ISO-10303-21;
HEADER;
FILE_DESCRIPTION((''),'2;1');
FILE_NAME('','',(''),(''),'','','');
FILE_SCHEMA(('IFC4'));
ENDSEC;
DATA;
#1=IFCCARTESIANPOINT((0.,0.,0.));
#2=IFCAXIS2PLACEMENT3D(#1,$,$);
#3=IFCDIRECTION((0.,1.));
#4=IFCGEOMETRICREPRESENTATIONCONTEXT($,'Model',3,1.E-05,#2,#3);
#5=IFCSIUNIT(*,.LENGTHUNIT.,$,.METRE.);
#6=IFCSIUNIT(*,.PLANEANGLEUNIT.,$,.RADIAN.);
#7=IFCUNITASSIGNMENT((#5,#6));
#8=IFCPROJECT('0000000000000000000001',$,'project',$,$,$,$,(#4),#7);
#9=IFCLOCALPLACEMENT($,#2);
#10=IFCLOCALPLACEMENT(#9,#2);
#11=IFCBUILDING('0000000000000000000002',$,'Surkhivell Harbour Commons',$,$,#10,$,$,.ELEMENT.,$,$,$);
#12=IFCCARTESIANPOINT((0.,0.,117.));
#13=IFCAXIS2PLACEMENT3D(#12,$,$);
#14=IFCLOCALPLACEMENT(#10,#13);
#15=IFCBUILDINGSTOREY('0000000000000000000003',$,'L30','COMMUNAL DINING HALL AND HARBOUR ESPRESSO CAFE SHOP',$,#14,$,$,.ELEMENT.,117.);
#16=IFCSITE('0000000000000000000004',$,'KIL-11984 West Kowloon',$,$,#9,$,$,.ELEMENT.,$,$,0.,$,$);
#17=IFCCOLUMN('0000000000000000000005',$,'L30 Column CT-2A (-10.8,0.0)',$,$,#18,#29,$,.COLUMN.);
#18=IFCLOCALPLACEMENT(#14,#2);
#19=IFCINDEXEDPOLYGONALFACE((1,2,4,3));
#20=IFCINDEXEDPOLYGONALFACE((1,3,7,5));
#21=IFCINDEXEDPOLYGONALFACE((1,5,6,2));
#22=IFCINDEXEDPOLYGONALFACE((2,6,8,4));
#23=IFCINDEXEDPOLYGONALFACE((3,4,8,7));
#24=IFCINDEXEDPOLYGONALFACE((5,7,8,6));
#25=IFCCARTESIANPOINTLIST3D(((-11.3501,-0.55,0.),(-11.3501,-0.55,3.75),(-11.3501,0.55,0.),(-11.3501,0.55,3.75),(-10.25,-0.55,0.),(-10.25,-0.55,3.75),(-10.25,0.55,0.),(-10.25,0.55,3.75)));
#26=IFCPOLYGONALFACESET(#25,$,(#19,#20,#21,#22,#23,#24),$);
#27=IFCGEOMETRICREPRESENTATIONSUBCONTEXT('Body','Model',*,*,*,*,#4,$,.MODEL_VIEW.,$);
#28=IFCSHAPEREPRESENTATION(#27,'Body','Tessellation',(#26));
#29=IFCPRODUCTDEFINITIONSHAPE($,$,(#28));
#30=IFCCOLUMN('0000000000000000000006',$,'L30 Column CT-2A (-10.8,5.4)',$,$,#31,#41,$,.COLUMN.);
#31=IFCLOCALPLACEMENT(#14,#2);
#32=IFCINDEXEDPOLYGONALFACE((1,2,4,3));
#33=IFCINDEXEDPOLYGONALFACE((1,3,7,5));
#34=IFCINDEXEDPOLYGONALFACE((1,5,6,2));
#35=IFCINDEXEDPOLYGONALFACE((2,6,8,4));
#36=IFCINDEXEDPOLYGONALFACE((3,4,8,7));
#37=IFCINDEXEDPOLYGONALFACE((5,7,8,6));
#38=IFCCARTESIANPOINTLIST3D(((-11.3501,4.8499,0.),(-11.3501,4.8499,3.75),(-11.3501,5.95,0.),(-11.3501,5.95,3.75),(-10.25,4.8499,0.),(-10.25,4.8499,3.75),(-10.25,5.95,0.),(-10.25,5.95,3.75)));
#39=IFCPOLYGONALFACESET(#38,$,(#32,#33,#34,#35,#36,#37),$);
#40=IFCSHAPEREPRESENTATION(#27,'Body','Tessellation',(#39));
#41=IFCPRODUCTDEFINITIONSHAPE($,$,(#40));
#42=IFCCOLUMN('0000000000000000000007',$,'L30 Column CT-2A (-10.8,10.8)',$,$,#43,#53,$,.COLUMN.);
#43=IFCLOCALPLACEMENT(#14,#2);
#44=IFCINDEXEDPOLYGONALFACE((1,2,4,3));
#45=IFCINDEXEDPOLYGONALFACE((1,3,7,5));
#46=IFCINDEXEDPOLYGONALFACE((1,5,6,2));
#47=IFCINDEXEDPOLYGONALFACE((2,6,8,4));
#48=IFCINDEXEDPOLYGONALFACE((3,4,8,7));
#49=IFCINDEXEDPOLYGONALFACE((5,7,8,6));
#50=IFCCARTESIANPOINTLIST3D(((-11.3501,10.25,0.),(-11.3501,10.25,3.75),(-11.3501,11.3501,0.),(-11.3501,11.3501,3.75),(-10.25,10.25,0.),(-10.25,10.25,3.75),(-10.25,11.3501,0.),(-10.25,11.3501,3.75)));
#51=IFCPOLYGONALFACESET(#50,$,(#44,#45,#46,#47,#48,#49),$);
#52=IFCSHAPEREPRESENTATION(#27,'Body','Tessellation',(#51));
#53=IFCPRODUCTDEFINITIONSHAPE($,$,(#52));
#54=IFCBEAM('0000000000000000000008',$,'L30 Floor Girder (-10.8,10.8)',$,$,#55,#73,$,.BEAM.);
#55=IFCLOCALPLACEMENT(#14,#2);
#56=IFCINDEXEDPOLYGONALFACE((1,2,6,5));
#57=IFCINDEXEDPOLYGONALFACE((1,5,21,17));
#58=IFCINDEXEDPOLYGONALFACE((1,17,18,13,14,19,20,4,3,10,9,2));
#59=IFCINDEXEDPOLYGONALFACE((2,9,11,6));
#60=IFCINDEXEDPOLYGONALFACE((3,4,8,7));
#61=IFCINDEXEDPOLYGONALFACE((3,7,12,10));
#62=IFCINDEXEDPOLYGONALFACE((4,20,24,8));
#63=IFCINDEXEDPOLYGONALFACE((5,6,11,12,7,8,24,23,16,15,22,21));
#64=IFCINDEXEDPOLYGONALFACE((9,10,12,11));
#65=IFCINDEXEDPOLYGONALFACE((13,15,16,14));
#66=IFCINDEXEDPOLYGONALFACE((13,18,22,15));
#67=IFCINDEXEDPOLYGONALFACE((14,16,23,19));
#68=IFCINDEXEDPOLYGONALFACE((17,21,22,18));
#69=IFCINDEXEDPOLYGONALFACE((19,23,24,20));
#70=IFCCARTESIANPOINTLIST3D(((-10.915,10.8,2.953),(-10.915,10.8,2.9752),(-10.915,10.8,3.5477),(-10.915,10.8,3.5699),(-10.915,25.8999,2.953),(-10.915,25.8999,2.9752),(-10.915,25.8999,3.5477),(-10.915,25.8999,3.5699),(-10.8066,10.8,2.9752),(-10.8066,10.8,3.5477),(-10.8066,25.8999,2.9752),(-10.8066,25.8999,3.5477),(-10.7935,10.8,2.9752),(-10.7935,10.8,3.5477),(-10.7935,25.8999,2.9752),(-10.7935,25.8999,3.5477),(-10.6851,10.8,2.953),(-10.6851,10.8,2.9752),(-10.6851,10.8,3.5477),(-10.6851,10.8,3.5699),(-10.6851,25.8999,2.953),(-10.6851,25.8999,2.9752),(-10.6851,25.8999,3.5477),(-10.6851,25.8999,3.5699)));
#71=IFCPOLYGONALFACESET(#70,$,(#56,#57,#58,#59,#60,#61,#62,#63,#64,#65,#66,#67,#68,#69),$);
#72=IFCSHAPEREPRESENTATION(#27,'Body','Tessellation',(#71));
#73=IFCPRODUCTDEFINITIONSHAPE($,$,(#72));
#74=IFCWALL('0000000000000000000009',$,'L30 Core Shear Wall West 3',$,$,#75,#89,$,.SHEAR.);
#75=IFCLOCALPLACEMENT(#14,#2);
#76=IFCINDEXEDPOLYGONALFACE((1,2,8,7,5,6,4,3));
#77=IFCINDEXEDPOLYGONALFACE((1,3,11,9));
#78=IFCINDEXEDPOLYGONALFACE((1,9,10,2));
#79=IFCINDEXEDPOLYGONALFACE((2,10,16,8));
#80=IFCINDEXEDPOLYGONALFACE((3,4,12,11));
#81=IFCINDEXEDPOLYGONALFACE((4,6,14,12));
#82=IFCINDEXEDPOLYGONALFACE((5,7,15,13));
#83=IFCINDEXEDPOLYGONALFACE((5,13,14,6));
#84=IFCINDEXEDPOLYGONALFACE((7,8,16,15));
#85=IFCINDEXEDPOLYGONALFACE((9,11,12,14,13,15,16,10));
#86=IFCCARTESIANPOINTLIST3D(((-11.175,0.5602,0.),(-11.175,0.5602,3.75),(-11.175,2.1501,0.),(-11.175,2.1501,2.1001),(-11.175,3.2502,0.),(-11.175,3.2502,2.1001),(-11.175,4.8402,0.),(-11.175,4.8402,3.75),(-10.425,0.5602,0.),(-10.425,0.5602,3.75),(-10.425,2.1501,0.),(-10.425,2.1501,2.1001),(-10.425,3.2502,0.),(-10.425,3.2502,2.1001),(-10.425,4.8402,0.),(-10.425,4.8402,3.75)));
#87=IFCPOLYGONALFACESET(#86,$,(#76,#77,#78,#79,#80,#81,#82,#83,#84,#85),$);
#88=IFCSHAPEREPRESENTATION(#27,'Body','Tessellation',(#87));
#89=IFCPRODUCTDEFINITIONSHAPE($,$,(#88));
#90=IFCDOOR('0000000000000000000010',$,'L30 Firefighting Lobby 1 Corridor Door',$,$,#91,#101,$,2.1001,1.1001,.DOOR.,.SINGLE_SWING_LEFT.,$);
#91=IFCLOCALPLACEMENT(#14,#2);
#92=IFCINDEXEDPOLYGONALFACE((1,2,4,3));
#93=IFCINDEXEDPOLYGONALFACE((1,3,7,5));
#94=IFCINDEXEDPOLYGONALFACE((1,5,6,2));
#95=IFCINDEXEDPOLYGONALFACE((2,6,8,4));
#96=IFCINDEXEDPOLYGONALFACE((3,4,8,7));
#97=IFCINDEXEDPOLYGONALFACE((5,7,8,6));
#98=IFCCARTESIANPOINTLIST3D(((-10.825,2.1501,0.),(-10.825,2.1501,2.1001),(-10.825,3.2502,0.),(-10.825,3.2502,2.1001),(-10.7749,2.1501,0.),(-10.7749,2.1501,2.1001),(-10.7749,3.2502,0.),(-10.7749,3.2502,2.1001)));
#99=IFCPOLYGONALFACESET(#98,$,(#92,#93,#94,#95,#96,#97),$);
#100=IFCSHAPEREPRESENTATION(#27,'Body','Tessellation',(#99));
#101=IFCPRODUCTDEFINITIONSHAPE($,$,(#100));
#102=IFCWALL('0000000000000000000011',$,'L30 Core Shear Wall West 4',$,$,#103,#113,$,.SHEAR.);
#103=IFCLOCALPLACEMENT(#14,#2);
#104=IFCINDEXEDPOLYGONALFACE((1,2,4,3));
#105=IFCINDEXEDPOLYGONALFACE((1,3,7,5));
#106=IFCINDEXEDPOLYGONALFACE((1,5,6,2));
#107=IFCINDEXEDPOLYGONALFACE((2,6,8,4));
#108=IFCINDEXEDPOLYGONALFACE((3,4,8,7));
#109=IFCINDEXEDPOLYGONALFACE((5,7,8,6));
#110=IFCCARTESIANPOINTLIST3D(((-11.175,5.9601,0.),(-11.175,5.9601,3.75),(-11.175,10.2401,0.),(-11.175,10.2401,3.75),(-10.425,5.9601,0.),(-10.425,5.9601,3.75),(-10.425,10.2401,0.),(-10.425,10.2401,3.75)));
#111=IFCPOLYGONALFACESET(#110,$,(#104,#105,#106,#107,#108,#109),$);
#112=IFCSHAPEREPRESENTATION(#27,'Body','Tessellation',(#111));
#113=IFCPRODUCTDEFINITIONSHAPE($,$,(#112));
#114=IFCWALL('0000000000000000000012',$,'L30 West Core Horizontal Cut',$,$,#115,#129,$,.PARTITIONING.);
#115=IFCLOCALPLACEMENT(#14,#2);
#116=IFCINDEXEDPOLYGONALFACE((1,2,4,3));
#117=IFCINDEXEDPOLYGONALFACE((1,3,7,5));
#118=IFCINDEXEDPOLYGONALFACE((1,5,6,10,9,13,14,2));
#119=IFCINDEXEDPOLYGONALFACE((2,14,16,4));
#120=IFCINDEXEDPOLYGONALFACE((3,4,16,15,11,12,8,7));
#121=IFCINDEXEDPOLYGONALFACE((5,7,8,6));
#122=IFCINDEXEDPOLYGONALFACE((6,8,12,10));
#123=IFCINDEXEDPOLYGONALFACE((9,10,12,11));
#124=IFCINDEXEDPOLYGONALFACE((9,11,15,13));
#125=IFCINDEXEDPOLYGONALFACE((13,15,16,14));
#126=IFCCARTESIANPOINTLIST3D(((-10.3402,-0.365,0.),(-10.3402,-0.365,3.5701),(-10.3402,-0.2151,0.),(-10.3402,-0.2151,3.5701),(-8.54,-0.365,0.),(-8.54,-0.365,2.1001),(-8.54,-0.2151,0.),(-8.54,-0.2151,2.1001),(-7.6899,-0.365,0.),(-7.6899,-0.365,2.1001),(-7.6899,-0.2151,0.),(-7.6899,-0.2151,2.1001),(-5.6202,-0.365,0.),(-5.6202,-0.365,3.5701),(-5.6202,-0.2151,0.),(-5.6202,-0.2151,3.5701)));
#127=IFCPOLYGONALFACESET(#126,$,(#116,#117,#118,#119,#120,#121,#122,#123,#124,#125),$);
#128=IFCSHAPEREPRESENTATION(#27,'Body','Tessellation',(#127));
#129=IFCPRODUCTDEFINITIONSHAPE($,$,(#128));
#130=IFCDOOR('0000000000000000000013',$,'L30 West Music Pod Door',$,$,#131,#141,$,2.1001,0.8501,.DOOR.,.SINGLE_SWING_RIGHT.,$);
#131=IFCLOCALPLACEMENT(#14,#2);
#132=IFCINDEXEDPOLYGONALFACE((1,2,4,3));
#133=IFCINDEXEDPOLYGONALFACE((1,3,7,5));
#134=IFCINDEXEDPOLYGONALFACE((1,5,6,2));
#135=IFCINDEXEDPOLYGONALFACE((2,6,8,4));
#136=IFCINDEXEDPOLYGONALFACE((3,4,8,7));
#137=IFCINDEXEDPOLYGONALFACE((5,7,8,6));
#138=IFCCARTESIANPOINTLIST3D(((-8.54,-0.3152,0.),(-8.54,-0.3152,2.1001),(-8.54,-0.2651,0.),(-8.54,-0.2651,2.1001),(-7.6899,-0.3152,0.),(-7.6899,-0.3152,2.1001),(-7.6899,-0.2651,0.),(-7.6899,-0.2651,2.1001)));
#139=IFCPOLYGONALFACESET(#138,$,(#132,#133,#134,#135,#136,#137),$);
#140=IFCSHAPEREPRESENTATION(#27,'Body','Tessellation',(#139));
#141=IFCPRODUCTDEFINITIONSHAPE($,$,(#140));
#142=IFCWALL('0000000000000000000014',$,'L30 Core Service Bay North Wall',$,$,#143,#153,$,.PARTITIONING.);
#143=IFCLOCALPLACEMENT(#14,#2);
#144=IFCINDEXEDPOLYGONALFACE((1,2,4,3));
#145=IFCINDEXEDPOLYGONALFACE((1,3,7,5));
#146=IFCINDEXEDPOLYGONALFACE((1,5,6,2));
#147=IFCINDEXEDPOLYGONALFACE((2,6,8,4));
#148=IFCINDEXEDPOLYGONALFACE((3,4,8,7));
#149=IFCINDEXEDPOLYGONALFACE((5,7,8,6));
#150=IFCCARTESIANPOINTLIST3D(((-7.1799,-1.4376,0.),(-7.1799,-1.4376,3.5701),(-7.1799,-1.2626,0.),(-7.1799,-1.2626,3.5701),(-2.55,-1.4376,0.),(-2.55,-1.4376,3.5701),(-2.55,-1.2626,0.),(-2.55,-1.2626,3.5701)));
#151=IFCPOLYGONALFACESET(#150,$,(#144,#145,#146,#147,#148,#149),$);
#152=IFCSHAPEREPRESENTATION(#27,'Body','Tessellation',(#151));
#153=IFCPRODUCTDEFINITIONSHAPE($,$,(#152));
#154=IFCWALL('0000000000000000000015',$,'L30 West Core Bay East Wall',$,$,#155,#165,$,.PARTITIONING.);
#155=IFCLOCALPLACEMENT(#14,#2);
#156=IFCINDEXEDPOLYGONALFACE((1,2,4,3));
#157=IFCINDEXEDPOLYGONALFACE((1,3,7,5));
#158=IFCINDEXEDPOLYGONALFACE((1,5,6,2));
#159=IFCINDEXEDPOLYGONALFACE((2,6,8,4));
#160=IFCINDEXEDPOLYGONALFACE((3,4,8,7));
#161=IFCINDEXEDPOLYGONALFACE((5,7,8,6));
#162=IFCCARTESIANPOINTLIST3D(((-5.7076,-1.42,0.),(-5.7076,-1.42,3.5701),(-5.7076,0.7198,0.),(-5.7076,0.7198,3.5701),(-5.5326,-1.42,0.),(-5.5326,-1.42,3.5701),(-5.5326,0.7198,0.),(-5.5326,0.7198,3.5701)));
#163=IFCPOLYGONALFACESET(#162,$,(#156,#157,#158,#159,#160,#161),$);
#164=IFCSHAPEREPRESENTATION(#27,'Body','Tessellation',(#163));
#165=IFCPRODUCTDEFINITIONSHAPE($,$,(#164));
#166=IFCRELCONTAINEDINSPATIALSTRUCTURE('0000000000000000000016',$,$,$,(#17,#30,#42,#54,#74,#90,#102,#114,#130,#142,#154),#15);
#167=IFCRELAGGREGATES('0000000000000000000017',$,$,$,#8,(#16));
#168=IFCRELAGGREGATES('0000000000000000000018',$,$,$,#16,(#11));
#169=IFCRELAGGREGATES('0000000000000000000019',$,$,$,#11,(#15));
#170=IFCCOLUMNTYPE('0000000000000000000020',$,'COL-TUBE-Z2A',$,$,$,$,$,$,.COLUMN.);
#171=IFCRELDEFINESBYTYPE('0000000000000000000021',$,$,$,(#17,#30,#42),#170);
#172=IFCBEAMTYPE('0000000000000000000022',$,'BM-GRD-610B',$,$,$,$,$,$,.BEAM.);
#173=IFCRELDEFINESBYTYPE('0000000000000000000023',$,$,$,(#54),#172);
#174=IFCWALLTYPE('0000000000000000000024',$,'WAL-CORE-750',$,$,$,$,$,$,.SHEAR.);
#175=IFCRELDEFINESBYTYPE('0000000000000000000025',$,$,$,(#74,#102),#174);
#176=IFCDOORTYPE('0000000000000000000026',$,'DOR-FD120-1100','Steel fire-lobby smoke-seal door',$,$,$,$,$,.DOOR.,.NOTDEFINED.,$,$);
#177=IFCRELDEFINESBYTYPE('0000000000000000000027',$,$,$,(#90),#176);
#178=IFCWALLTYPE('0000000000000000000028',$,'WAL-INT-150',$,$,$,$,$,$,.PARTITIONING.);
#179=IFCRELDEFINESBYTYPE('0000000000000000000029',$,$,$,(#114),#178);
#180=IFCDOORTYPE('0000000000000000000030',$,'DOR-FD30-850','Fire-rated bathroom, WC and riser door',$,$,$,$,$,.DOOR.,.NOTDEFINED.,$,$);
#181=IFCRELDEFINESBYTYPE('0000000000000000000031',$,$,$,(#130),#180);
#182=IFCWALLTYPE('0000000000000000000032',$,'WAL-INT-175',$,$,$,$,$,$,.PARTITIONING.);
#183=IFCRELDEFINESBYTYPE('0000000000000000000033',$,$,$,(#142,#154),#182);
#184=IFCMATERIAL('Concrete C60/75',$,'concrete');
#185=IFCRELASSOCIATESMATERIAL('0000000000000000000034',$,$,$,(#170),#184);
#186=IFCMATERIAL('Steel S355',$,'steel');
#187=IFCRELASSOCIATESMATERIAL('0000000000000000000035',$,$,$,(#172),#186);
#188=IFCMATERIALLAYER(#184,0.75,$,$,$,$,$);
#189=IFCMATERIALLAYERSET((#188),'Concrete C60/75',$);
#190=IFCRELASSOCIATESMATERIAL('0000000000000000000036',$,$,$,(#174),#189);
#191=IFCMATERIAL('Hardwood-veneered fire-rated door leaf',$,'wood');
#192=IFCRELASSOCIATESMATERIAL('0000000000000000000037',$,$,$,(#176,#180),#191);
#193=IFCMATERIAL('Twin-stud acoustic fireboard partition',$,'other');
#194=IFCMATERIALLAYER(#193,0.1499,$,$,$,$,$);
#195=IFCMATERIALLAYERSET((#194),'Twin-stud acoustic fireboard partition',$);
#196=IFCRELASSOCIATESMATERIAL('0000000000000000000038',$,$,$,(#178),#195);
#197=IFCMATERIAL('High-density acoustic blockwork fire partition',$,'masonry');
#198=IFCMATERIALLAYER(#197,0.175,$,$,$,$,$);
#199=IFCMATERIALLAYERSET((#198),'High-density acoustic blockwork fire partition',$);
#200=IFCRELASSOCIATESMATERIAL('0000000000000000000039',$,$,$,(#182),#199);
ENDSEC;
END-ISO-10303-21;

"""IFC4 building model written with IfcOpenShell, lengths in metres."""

from ifc_helpers import new_model, si_unit, direction, frame, frame_2d, origin, origin_2d, place, context, subcontext, project, spatial, rectangle, i_section, extrude, material, layer, layer_set, material_profile, profile_set, type_object, element, fill, save


model = new_model("IFC4")

# Units and contexts
model_context = context("Model", 3, precision=1e-05, world=origin(), true_north=direction((0.0, 1.0)))
body_context = subcontext(model_context, "Body", "Model", "MODEL_VIEW")
ifc_project = project(units=[si_unit("LENGTHUNIT", "METRE"), si_unit("PLANEANGLEUNIT", "RADIAN")], contexts=[model_context])

# Site, building, storey
site_placement = place(None, origin())
site = spatial("IfcSite", under=ifc_project, at=site_placement, Name="KIL-11984 West Kowloon", CompositionType="ELEMENT", RefElevation=0.0)
building_placement = place(site_placement, origin())
building = spatial("IfcBuilding", under=site, at=building_placement, Name="Surkhivell Harbour Commons", CompositionType="ELEMENT")
storey_placement = place(building_placement, frame((0.0, 0.0, 117.0)))
storey = spatial("IfcBuildingStorey", under=building, at=storey_placement, Name="L30", Description="COMMUNAL DINING HALL AND HARBOUR ESPRESSO CAFE SHOP", CompositionType="ELEMENT", Elevation=117.0)

# Columns
ifc_material_1 = material(Name="Concrete C60/75", Category="concrete")
ifc_material_profile_1 = material_profile(ifc_material_1, rectangle(XDim=1.1001, YDim=1.1001, at=origin_2d()), Name="RC-COL-1100x1100")
ifc_profile_set_1 = profile_set([ifc_material_profile_1], Name="Concrete C60/75")
column_type = type_object("IfcColumnType", Name="COL-TUBE-Z2A", PredefinedType="COLUMN", material=ifc_profile_set_1)
for number, where, z_axis, x_axis, name in (
    (1, (-10.8, 0.0, 0.0), (0.0, 0.0, 1.0), (1.0, 0.0, 0.0), "L30 Column CT-2A (-10.8,0.0)"),
    (2, (-10.8, 5.3999, 0.0), (0.0, 0.0, 1.0), (1.0, 0.0, 0.0), "L30 Column CT-2A (-10.8,5.4)"),
    (3, (-10.8, 10.8, 0.0), (0.0, 0.0, 1.0), (1.0, 0.0, 0.0), "L30 Column CT-2A (-10.8,10.8)"),
):
    element("IfcColumn", number, at=place(storey_placement, frame(where, z_axis=z_axis, x_axis=x_axis)), inside=storey, type_object=column_type, Name=name, PredefinedType="COLUMN", context=body_context, shape_type="SweptSolid", body=[
        extrude(rectangle(XDim=1.1001, YDim=1.1001, at=origin_2d()), origin(), (0.0, 0.0, 1.0), 3.75),
    ])

# Beam
ifc_material_2 = material(Name="Steel S355", Category="steel")
ifc_material_profile_2 = material_profile(ifc_material_2, i_section(OverallWidth=0.23, OverallDepth=0.6169, WebThickness=0.0132, FlangeThickness=0.0222, at=origin_2d()), Name="UB610x229x140")
ifc_profile_set_2 = profile_set([ifc_material_profile_2], Name="Steel S355")
beam_type = type_object("IfcBeamType", Name="BM-GRD-610B", PredefinedType="BEAM", material=ifc_profile_set_2)
beam_placement = place(storey_placement, frame((-10.8, 10.8, 3.2615), z_axis=(0.0, 1.0, 0.0), x_axis=(-1.0, 0.0, 0.0)))
element("IfcBeam", 4, at=beam_placement, inside=storey, type_object=beam_type, Name="L30 Floor Girder (-10.8,10.8)", PredefinedType="BEAM", context=body_context, shape_type="SweptSolid", body=[
    extrude(i_section(OverallWidth=0.23, OverallDepth=0.6169, WebThickness=0.0132, FlangeThickness=0.0222, at=origin_2d()), origin(), (0.0, 0.0, 1.0), 15.0999),
])

# Wall, opening, door
ifc_layer_1 = layer(ifc_material_1, 0.75)
ifc_layer_set_1 = layer_set([ifc_layer_1], Name="Concrete C60/75")
wall_type_1 = type_object("IfcWallType", Name="WAL-CORE-750", PredefinedType="SHEAR", material=ifc_layer_set_1)
wall_1_placement = place(storey_placement, frame((-10.8, 0.5601, 0.0), z_axis=(0.0, 0.0, 1.0), x_axis=(0.0, 1.0, 0.0)))
wall_1 = element("IfcWall", 5, at=wall_1_placement, inside=storey, type_object=wall_type_1, Name="L30 Core Shear Wall West 3", PredefinedType="SHEAR", context=body_context, shape_type="SweptSolid", body=[
    extrude(rectangle(XDim=4.28, YDim=0.75, at=frame_2d((2.1401, 0.0))), origin(), (0.0, 0.0, 1.0), 3.75),
])
opening_1_placement = place(wall_1_placement, frame((1.5901, 0.0, 0.0)))
opening_1 = element("IfcOpeningElement", 6, at=opening_1_placement, cuts=wall_1, PredefinedType="OPENING", context=body_context, shape_type="SweptSolid", body=[
    extrude(rectangle(XDim=1.1001, YDim=2.1001, at=frame_2d((0.55, 1.05))), frame((0.0, 0.385, 0.0), z_axis=(0.0, -1.0, 0.0), x_axis=(1.0, 0.0, 0.0)), (0.0, 0.0, 1.0), 0.77),
])
ifc_material_3 = material(Name="Hardwood-veneered fire-rated door leaf", Category="wood")
door_type_1 = type_object("IfcDoorType", Name="DOR-FD120-1100", Description="Steel fire-lobby smoke-seal door", OperationType="NOTDEFINED", PredefinedType="DOOR", material=ifc_material_3)
door_1_placement = place(opening_1_placement, origin())
door_1 = element("IfcDoor", 7, at=door_1_placement, inside=storey, type_object=door_type_1, Name="L30 Firefighting Lobby 1 Corridor Door", OperationType="SINGLE_SWING_LEFT", OverallHeight=2.1001, OverallWidth=1.1001, PredefinedType="DOOR", context=body_context, shape_type="SweptSolid", body=[
    extrude(rectangle(XDim=1.1001, YDim=2.1001, at=frame_2d((0.55, 1.05))), frame((0.0, 0.0249, 0.0), z_axis=(0.0, -1.0, 0.0), x_axis=(1.0, 0.0, 0.0)), (0.0, 0.0, 1.0), 0.05),
])
fill(opening_1, door_1)

# Wall
wall_2_placement = place(storey_placement, frame((-10.8, 5.96, 0.0), z_axis=(0.0, 0.0, 1.0), x_axis=(0.0, 1.0, 0.0)))
element("IfcWall", 8, at=wall_2_placement, inside=storey, type_object=wall_type_1, Name="L30 Core Shear Wall West 4", PredefinedType="SHEAR", context=body_context, shape_type="SweptSolid", body=[
    extrude(rectangle(XDim=4.28, YDim=0.75, at=frame_2d((2.1401, 0.0))), origin(), (0.0, 0.0, 1.0), 3.75),
])

# Wall, opening, door
ifc_material_4 = material(Name="Twin-stud acoustic fireboard partition", Category="other")
ifc_layer_2 = layer(ifc_material_4, 0.1499)
ifc_layer_set_2 = layer_set([ifc_layer_2], Name="Twin-stud acoustic fireboard partition")
wall_type_2 = type_object("IfcWallType", Name="WAL-INT-150", PredefinedType="PARTITIONING", material=ifc_layer_set_2)
wall_3_placement = place(storey_placement, frame((-10.3401, -0.29, 0.0), z_axis=(0.0, 0.0, 1.0), x_axis=(1.0, 0.0, 0.0)))
wall_3 = element("IfcWall", 9, at=wall_3_placement, inside=storey, type_object=wall_type_2, Name="L30 West Core Horizontal Cut", PredefinedType="PARTITIONING", context=body_context, shape_type="SweptSolid", body=[
    extrude(rectangle(XDim=4.72, YDim=0.1499, at=frame_2d((2.3599, 0.0))), origin(), (0.0, 0.0, 1.0), 3.5701),
])
opening_2_placement = place(wall_3_placement, frame((1.8, 0.0, 0.0)))
opening_2 = element("IfcOpeningElement", 10, at=opening_2_placement, cuts=wall_3, PredefinedType="OPENING", context=body_context, shape_type="SweptSolid", body=[
    extrude(rectangle(XDim=0.8501, YDim=2.1001, at=frame_2d((0.425, 1.05))), frame((0.0, 0.085, 0.0), z_axis=(0.0, -1.0, 0.0), x_axis=(1.0, 0.0, 0.0)), (0.0, 0.0, 1.0), 0.1699),
])
door_type_2 = type_object("IfcDoorType", Name="DOR-FD30-850", Description="Fire-rated bathroom, WC and riser door", OperationType="NOTDEFINED", PredefinedType="DOOR", material=ifc_material_3)
door_2_placement = place(opening_2_placement, origin())
door_2 = element("IfcDoor", 11, at=door_2_placement, inside=storey, type_object=door_type_2, Name="L30 West Music Pod Door", OperationType="SINGLE_SWING_RIGHT", OverallHeight=2.1001, OverallWidth=0.8501, PredefinedType="DOOR", context=body_context, shape_type="SweptSolid", body=[
    extrude(rectangle(XDim=0.8501, YDim=2.1001, at=frame_2d((0.425, 1.05))), frame((0.0, 0.0249, 0.0), z_axis=(0.0, -1.0, 0.0), x_axis=(1.0, 0.0, 0.0)), (0.0, 0.0, 1.0), 0.05),
])
fill(opening_2, door_2)

# Walls
ifc_material_5 = material(Name="High-density acoustic blockwork fire partition", Category="masonry")
ifc_layer_3 = layer(ifc_material_5, 0.175)
ifc_layer_set_3 = layer_set([ifc_layer_3], Name="High-density acoustic blockwork fire partition")
wall_type_3 = type_object("IfcWallType", Name="WAL-INT-175", PredefinedType="PARTITIONING", material=ifc_layer_set_3)
wall_4_placement = place(storey_placement, frame((-7.1799, -1.3501, 0.0), z_axis=(0.0, 0.0, 1.0), x_axis=(1.0, 0.0, 0.0)))
element("IfcWall", 12, at=wall_4_placement, inside=storey, type_object=wall_type_3, Name="L30 Core Service Bay North Wall", PredefinedType="PARTITIONING", context=body_context, shape_type="SweptSolid", body=[
    extrude(rectangle(XDim=4.6299, YDim=0.175, at=frame_2d((2.3149, 0.0))), origin(), (0.0, 0.0, 1.0), 3.5701),
])
wall_5_placement = place(storey_placement, frame((-5.6201, -1.4199, 0.0), z_axis=(0.0, 0.0, 1.0), x_axis=(0.0, 1.0, 0.0)))
element("IfcWall", 13, at=wall_5_placement, inside=storey, type_object=wall_type_3, Name="L30 West Core Bay East Wall", PredefinedType="PARTITIONING", context=body_context, shape_type="SweptSolid", body=[
    extrude(rectangle(XDim=2.1399, YDim=0.175, at=frame_2d((1.0698, 0.0))), origin(), (0.0, 0.0, 1.0), 3.5701),
])

save(model, "model.ifc")
